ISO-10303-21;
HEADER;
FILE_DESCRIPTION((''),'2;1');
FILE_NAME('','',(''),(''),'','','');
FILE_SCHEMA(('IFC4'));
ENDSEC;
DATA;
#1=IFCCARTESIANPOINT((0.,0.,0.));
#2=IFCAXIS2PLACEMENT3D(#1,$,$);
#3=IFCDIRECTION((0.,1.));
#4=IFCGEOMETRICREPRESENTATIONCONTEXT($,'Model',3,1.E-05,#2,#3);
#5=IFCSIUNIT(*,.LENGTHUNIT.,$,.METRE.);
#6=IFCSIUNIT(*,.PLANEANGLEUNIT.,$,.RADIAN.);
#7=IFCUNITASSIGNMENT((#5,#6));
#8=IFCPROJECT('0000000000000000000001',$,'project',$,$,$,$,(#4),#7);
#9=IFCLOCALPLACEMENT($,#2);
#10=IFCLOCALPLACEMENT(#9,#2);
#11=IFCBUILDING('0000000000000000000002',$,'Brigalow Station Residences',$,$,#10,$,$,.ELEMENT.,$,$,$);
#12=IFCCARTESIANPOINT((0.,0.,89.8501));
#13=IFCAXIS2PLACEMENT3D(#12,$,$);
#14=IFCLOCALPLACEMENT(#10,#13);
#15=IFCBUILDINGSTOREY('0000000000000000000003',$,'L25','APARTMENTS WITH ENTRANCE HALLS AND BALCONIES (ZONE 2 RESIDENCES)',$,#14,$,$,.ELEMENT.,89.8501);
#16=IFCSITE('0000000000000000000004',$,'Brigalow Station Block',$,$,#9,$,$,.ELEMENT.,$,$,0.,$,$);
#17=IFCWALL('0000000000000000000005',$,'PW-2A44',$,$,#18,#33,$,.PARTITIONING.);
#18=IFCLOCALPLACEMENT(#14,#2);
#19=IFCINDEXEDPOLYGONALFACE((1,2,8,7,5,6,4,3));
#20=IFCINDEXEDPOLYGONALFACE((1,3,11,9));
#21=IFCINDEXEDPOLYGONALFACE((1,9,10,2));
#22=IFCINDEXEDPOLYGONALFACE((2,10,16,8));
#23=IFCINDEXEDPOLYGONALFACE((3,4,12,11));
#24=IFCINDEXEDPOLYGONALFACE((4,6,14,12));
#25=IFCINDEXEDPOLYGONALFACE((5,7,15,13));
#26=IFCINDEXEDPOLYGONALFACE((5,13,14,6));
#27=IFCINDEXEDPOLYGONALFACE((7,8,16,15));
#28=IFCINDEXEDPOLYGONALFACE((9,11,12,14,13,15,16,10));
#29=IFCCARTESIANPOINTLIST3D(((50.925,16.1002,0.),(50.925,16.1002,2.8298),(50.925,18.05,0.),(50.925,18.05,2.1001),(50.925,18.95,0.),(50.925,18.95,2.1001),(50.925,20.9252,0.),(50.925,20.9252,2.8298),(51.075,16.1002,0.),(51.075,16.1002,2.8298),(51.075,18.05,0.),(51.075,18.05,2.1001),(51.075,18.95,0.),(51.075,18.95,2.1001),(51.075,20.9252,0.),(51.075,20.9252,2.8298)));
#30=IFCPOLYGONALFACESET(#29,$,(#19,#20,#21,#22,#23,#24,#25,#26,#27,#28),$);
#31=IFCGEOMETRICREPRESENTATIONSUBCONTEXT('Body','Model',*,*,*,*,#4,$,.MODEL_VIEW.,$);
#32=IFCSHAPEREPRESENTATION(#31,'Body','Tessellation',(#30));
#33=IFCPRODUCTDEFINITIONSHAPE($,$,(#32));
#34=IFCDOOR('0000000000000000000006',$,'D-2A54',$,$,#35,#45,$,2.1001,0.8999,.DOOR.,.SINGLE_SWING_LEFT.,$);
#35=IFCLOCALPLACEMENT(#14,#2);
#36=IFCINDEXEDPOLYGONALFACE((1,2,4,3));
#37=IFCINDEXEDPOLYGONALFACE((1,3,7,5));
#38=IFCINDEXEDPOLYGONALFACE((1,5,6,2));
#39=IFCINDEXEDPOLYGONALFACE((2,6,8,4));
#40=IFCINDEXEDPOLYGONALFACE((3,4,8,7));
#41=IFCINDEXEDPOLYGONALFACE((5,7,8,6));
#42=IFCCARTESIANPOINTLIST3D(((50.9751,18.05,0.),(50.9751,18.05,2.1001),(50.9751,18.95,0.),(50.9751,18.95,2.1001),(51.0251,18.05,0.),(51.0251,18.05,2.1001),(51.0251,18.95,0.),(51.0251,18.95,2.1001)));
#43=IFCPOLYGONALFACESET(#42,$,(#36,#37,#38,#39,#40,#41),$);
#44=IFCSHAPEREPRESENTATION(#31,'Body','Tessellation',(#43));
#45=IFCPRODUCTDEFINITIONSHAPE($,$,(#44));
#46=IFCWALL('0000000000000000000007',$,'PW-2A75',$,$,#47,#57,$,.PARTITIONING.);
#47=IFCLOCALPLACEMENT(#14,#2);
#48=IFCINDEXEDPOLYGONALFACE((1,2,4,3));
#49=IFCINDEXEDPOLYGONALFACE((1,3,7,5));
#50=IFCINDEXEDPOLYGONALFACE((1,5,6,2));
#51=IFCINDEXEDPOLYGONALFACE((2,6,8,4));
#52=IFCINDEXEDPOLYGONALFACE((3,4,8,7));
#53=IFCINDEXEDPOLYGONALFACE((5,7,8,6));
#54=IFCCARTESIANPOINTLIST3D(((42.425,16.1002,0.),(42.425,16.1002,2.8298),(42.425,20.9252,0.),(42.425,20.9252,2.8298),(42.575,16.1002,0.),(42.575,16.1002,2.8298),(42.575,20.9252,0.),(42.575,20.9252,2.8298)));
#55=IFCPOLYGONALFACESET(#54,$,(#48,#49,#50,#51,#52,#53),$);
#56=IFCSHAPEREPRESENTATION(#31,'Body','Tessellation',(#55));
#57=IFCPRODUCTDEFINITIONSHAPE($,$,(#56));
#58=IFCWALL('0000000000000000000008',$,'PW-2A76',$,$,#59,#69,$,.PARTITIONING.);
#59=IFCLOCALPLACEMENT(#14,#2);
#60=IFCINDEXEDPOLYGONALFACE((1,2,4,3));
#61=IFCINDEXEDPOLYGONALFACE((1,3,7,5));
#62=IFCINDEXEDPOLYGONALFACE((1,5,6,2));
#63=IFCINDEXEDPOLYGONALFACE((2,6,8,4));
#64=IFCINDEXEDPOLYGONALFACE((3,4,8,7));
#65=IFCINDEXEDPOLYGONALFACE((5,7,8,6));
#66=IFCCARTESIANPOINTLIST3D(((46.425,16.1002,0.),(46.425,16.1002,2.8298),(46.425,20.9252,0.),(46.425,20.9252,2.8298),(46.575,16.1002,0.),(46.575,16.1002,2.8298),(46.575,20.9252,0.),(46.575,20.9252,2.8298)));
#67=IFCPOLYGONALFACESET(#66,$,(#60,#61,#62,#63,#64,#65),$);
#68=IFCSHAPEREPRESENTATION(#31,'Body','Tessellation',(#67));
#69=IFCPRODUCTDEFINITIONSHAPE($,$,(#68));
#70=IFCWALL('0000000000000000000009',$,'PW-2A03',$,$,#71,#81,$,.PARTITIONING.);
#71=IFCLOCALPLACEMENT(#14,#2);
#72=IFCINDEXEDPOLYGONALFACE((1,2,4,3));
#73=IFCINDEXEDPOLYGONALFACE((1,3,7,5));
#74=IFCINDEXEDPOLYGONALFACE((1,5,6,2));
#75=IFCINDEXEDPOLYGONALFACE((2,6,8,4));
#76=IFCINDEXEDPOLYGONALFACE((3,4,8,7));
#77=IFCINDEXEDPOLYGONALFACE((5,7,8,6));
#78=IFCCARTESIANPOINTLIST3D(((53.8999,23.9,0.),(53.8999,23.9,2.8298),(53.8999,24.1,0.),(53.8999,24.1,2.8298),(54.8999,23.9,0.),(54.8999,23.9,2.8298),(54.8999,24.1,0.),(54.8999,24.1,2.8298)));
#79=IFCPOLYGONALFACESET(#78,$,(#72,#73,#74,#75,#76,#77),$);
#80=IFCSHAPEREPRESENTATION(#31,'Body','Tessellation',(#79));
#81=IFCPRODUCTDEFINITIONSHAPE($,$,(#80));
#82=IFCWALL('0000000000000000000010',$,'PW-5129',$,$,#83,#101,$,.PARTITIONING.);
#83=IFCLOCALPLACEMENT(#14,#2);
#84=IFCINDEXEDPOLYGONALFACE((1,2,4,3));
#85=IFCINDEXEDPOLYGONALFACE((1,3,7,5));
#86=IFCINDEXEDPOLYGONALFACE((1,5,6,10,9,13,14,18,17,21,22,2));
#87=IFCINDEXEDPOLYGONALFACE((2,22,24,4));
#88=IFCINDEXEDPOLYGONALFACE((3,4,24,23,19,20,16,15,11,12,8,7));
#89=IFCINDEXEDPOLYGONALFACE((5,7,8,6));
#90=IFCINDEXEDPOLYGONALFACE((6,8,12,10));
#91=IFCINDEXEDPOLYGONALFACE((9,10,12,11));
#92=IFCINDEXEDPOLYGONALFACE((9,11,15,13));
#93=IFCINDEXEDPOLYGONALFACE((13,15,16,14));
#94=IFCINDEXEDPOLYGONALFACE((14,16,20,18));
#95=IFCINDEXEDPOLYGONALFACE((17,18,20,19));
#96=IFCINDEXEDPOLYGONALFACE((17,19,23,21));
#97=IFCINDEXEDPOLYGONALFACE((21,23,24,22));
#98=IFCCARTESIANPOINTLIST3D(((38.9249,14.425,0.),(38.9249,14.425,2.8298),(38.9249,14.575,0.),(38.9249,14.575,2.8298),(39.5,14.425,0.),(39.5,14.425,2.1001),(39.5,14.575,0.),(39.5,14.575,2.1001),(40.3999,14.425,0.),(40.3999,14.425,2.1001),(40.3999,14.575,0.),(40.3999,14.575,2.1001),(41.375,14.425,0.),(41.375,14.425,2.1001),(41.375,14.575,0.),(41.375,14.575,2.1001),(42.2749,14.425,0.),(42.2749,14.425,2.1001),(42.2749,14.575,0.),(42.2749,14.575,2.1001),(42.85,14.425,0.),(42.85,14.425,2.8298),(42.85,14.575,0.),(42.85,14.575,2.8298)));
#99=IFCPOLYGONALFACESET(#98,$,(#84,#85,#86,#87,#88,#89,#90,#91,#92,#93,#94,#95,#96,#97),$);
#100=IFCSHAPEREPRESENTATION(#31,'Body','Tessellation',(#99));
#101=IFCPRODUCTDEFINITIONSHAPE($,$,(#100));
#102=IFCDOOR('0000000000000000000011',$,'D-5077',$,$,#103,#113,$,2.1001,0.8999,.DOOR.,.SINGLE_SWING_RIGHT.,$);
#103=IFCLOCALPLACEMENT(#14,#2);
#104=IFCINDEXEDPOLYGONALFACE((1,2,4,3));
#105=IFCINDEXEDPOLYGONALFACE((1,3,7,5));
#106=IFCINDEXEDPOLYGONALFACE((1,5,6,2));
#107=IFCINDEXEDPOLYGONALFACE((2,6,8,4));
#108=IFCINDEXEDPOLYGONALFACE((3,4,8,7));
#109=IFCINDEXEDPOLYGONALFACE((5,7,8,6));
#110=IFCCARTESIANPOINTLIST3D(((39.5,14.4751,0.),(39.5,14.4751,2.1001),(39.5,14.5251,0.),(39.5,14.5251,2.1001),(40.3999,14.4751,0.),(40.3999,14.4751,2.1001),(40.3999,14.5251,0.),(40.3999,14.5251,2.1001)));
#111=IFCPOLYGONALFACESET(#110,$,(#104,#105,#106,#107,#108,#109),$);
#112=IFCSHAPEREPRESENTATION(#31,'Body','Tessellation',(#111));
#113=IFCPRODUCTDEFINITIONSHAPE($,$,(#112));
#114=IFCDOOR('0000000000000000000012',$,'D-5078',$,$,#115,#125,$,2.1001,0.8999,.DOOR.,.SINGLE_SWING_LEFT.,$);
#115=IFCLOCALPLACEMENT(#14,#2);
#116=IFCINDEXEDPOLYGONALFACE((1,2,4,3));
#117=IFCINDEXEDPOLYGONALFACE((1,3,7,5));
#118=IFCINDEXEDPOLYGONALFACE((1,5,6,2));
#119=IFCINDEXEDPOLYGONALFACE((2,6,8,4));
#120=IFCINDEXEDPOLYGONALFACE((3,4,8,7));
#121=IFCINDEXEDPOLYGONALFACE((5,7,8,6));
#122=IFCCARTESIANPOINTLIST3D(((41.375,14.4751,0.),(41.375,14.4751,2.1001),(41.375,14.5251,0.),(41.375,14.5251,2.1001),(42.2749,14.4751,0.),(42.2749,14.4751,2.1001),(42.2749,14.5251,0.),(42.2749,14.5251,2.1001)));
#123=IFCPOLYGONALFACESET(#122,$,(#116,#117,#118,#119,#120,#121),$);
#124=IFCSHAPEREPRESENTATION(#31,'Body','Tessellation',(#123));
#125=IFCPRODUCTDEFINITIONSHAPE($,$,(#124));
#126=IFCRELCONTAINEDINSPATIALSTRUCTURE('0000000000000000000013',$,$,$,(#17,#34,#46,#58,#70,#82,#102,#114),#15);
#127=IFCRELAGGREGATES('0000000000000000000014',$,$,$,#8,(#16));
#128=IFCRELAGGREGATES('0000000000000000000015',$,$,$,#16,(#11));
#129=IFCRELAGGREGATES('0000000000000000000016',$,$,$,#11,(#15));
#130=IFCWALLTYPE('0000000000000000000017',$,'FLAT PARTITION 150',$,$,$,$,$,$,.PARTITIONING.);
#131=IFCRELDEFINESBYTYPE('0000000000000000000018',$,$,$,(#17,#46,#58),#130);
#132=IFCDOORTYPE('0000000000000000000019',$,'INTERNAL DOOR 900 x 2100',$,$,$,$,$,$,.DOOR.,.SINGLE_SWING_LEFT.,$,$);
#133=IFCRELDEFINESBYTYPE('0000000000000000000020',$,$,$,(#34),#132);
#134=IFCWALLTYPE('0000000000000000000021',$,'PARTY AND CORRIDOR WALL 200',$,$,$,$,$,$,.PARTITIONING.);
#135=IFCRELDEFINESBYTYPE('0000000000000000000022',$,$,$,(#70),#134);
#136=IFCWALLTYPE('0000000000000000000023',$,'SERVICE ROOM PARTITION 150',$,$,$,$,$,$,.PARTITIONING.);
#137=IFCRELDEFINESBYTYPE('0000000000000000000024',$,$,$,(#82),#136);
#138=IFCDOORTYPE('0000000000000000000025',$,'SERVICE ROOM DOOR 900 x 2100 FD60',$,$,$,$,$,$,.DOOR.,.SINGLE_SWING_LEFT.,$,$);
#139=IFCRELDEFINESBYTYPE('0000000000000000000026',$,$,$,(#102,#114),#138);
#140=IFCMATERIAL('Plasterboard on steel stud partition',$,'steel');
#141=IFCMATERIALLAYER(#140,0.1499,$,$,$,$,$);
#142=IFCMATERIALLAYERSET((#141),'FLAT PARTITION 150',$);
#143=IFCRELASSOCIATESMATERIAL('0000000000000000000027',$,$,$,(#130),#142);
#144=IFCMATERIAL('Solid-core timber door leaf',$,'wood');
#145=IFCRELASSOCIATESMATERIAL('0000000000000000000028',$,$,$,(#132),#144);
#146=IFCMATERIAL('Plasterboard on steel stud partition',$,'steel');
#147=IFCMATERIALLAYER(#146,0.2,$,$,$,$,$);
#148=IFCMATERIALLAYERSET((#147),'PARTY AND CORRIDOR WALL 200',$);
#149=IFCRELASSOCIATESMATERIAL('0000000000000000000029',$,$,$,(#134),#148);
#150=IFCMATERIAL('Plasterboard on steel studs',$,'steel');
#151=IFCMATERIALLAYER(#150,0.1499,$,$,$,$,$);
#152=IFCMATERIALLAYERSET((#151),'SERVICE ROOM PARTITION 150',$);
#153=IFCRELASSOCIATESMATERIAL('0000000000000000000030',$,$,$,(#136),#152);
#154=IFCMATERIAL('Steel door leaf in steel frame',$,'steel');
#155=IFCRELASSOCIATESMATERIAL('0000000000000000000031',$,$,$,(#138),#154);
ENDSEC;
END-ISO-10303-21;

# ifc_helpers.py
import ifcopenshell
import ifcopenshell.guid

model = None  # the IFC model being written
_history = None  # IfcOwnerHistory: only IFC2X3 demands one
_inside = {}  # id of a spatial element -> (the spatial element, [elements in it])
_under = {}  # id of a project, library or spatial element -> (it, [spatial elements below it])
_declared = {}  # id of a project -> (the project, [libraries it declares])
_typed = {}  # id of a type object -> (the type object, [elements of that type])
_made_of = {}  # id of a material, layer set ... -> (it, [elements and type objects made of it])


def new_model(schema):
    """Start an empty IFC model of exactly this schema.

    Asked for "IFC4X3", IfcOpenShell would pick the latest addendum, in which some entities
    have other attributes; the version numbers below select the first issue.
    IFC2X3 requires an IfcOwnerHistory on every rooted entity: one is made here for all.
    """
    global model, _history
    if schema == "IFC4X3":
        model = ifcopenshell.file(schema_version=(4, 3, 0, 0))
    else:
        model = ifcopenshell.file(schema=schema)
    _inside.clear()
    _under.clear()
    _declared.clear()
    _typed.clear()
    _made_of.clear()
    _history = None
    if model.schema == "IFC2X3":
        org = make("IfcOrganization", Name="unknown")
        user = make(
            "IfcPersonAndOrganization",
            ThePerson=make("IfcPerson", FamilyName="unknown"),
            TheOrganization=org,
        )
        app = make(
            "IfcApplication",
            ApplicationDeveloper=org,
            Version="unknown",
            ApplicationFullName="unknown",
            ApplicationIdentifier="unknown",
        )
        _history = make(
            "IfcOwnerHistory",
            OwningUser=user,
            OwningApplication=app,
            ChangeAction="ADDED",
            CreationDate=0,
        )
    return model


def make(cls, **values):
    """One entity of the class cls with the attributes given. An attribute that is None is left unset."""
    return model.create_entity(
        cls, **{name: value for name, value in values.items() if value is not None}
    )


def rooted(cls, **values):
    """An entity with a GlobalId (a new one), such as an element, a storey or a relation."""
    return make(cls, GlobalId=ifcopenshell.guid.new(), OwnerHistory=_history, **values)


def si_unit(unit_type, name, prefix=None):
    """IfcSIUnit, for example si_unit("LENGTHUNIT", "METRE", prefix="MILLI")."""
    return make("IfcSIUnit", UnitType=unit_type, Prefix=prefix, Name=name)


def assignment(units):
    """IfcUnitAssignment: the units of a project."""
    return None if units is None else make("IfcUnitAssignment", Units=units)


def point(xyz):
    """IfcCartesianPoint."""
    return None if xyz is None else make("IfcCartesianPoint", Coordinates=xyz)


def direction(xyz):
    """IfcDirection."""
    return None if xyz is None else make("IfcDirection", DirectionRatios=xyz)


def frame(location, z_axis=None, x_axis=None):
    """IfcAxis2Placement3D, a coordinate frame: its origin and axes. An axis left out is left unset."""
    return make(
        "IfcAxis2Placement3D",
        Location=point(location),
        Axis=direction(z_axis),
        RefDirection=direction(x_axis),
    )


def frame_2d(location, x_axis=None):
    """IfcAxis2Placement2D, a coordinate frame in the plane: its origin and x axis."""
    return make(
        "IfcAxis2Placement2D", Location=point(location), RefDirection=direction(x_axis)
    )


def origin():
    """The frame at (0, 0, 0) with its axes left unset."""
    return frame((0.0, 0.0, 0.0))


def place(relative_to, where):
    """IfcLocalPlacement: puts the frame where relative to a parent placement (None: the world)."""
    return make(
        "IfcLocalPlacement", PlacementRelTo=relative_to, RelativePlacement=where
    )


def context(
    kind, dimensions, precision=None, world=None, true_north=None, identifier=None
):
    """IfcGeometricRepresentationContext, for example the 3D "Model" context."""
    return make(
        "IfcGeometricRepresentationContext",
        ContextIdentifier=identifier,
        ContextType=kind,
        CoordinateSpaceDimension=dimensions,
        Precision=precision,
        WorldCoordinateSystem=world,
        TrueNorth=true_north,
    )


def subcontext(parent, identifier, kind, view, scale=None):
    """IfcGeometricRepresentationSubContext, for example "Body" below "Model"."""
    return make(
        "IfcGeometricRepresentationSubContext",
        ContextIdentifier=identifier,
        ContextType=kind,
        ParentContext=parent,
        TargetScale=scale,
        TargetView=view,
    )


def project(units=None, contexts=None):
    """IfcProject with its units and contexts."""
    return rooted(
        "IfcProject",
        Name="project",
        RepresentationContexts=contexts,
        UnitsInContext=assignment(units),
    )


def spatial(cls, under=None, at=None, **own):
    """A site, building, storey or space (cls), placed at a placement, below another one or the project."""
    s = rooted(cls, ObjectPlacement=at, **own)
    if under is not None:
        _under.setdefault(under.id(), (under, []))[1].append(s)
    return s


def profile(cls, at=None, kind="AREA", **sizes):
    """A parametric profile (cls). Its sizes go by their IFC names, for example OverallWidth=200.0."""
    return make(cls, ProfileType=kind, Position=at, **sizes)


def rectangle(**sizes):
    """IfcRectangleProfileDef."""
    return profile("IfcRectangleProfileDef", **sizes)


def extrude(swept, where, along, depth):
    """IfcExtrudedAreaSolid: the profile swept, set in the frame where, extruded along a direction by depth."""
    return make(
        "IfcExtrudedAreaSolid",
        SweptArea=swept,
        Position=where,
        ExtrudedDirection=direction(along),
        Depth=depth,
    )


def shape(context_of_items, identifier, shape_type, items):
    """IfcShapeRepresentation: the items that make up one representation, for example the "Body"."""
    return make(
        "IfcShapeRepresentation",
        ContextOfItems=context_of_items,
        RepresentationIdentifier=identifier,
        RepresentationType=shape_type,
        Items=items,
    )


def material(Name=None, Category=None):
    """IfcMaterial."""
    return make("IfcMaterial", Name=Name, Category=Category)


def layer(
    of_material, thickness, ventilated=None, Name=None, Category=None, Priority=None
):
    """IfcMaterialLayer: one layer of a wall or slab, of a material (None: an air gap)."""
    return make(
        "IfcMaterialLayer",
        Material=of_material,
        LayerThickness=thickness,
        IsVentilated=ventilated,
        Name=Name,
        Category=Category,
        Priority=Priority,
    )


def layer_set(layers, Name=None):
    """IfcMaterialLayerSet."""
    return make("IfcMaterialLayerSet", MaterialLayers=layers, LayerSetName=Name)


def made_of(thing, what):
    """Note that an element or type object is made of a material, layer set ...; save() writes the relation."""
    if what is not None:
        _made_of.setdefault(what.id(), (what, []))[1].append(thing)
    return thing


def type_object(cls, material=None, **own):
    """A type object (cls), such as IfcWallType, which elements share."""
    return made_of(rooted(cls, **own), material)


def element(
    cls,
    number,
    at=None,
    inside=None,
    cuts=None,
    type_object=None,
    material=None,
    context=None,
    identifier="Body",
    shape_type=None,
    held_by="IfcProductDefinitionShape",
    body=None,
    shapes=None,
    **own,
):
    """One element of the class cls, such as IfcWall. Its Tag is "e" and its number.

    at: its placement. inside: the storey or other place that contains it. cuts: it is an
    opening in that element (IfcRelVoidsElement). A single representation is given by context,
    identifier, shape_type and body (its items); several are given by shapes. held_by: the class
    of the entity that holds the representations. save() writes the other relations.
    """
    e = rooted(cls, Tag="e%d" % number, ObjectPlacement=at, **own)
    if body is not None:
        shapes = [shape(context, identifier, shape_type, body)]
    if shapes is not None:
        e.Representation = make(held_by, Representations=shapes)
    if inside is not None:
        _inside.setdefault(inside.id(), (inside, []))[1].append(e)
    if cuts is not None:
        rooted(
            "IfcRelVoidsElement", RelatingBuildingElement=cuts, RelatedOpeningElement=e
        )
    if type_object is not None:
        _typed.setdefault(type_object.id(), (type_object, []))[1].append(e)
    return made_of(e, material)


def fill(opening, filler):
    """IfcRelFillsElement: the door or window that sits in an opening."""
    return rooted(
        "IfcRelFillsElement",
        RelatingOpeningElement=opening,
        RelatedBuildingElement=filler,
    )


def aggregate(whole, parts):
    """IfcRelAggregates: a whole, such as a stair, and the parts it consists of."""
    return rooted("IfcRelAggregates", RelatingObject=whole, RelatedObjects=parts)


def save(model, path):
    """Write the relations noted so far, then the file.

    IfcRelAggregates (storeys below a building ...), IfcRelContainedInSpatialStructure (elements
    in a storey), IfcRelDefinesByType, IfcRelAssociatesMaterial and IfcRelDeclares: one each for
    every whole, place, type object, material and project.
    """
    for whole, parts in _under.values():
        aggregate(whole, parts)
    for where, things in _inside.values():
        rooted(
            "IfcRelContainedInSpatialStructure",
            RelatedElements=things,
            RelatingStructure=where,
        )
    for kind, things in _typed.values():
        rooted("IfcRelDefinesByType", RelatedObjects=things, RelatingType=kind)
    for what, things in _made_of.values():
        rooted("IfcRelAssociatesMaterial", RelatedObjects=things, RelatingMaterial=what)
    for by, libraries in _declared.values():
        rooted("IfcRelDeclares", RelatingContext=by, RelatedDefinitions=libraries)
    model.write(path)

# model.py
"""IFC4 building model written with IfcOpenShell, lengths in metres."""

from ifc_helpers import new_model, si_unit, direction, frame, frame_2d, origin, place, context, subcontext, project, spatial, rectangle, extrude, material, layer, layer_set, type_object, element, fill, save


model = new_model("IFC4")

# Units and contexts
model_context = context("Model", 3, precision=1e-05, world=origin(), true_north=direction((0.0, 1.0)))
body_context = subcontext(model_context, "Body", "Model", "MODEL_VIEW")
ifc_project = project(units=[si_unit("LENGTHUNIT", "METRE"), si_unit("PLANEANGLEUNIT", "RADIAN")], contexts=[model_context])

# Site, building, storey
site_placement = place(None, origin())
site = spatial("IfcSite", under=ifc_project, at=site_placement, Name="Brigalow Station Block", CompositionType="ELEMENT", RefElevation=0.0)
building_placement = place(site_placement, origin())
building = spatial("IfcBuilding", under=site, at=building_placement, Name="Brigalow Station Residences", CompositionType="ELEMENT")
storey_placement = place(building_placement, frame((0.0, 0.0, 89.8501)))
storey = spatial("IfcBuildingStorey", under=building, at=storey_placement, Name="L25", Description="APARTMENTS WITH ENTRANCE HALLS AND BALCONIES (ZONE 2 RESIDENCES)", CompositionType="ELEMENT", Elevation=89.8501)

# Wall, opening, door
ifc_material_1 = material(Name="Plasterboard on steel stud partition", Category="steel")
ifc_layer_1 = layer(ifc_material_1, 0.1499)
ifc_layer_set_1 = layer_set([ifc_layer_1], Name="FLAT PARTITION 150")
wall_type_1 = type_object("IfcWallType", Name="FLAT PARTITION 150", PredefinedType="PARTITIONING", material=ifc_layer_set_1)
wall_1_placement = place(storey_placement, frame((51.0, 16.1001, 0.0), z_axis=(0.0, 0.0, 1.0), x_axis=(0.0, 1.0, 0.0)))
wall_1 = element("IfcWall", 1, at=wall_1_placement, inside=storey, type_object=wall_type_1, Name="PW-2A44", PredefinedType="PARTITIONING", context=body_context, shape_type="SweptSolid", body=[
    extrude(rectangle(XDim=4.825, YDim=0.1499, at=frame_2d((2.4126, 0.0))), origin(), (0.0, 0.0, 1.0), 2.8298),
])
opening_1_placement = place(wall_1_placement, frame((1.95, 0.0, 0.0)))
opening_1 = element("IfcOpeningElement", 2, at=opening_1_placement, cuts=wall_1, PredefinedType="OPENING", context=body_context, shape_type="SweptSolid", body=[
    extrude(rectangle(XDim=0.8999, YDim=2.1001, at=frame_2d((0.45, 1.05))), frame((0.0, 0.085, 0.0), z_axis=(0.0, -1.0, 0.0), x_axis=(1.0, 0.0, 0.0)), (0.0, 0.0, 1.0), 0.1699),
])
ifc_material_2 = material(Name="Solid-core timber door leaf", Category="wood")
door_type_1 = type_object("IfcDoorType", Name="INTERNAL DOOR 900 x 2100", OperationType="SINGLE_SWING_LEFT", PredefinedType="DOOR", material=ifc_material_2)
door_1_placement = place(opening_1_placement, origin())
door_1 = element("IfcDoor", 3, at=door_1_placement, inside=storey, type_object=door_type_1, Name="D-2A54", OperationType="SINGLE_SWING_LEFT", OverallHeight=2.1001, OverallWidth=0.8999, PredefinedType="DOOR", context=body_context, shape_type="SweptSolid", body=[
    extrude(rectangle(XDim=0.8999, YDim=2.1001, at=frame_2d((0.45, 1.05))), frame((0.0, 0.0249, 0.0), z_axis=(0.0, -1.0, 0.0), x_axis=(1.0, 0.0, 0.0)), (0.0, 0.0, 1.0), 0.05),
])
fill(opening_1, door_1)

# Walls
for number, where, z_axis, x_axis, name in (
    (4, (42.5, 16.1001, 0.0), (0.0, 0.0, 1.0), (0.0, 1.0, 0.0), "PW-2A75"),
    (5, (46.5, 16.1001, 0.0), (0.0, 0.0, 1.0), (0.0, 1.0, 0.0), "PW-2A76"),
):
    element("IfcWall", number, at=place(storey_placement, frame(where, z_axis=z_axis, x_axis=x_axis)), inside=storey, type_object=wall_type_1, Name=name, PredefinedType="PARTITIONING", context=body_context, shape_type="SweptSolid", body=[
        extrude(rectangle(XDim=4.825, YDim=0.1499, at=frame_2d((2.4126, 0.0))), origin(), (0.0, 0.0, 1.0), 2.8298),
    ])
ifc_material_3 = material(Name="Plasterboard on steel stud partition", Category="steel")
ifc_layer_2 = layer(ifc_material_3, 0.2)
ifc_layer_set_2 = layer_set([ifc_layer_2], Name="PARTY AND CORRIDOR WALL 200")
wall_type_2 = type_object("IfcWallType", Name="PARTY AND CORRIDOR WALL 200", PredefinedType="PARTITIONING", material=ifc_layer_set_2)
wall_2_placement = place(storey_placement, frame((53.8999, 24.0, 0.0), z_axis=(0.0, 0.0, 1.0), x_axis=(1.0, 0.0, 0.0)))
element("IfcWall", 6, at=wall_2_placement, inside=storey, type_object=wall_type_2, Name="PW-2A03", PredefinedType="PARTITIONING", context=body_context, shape_type="SweptSolid", body=[
    extrude(rectangle(XDim=1.0, YDim=0.2, at=frame_2d((0.5, 0.0))), origin(), (0.0, 0.0, 1.0), 2.8298),
])

# Wall, openings, doors
ifc_material_4 = material(Name="Plasterboard on steel studs", Category="steel")
ifc_layer_3 = layer(ifc_material_4, 0.1499)
ifc_layer_set_3 = layer_set([ifc_layer_3], Name="SERVICE ROOM PARTITION 150")
wall_type_3 = type_object("IfcWallType", Name="SERVICE ROOM PARTITION 150", PredefinedType="PARTITIONING", material=ifc_layer_set_3)
wall_3_placement = place(storey_placement, frame((38.925, 14.5, 0.0), z_axis=(0.0, 0.0, 1.0), x_axis=(1.0, 0.0, 0.0)))
wall_3 = element("IfcWall", 7, at=wall_3_placement, inside=storey, type_object=wall_type_3, Name="PW-5129", PredefinedType="PARTITIONING", context=body_context, shape_type="SweptSolid", body=[
    extrude(rectangle(XDim=3.925, YDim=0.1499, at=frame_2d((1.9624, 0.0))), origin(), (0.0, 0.0, 1.0), 2.8298),
])
opening_2_placement = place(wall_3_placement, frame((0.575, 0.0, 0.0)))
opening_2 = element("IfcOpeningElement", 8, at=opening_2_placement, cuts=wall_3, PredefinedType="OPENING", context=body_context, shape_type="SweptSolid", body=[
    extrude(rectangle(XDim=0.8999, YDim=2.1001, at=frame_2d((0.45, 1.05))), frame((0.0, 0.085, 0.0), z_axis=(0.0, -1.0, 0.0), x_axis=(1.0, 0.0, 0.0)), (0.0, 0.0, 1.0), 0.1699),
])
opening_3_placement = place(wall_3_placement, frame((2.45, 0.0, 0.0)))
opening_3 = element("IfcOpeningElement", 9, at=opening_3_placement, cuts=wall_3, PredefinedType="OPENING", context=body_context, shape_type="SweptSolid", body=[
    extrude(rectangle(XDim=0.8999, YDim=2.1001, at=frame_2d((0.45, 1.05))), frame((0.0, 0.085, 0.0), z_axis=(0.0, -1.0, 0.0), x_axis=(1.0, 0.0, 0.0)), (0.0, 0.0, 1.0), 0.1699),
])
ifc_material_5 = material(Name="Steel door leaf in steel frame", Category="steel")
door_type_2 = type_object("IfcDoorType", Name="SERVICE ROOM DOOR 900 x 2100 FD60", OperationType="SINGLE_SWING_LEFT", PredefinedType="DOOR", material=ifc_material_5)
door_2_placement = place(opening_2_placement, frame((0.8999, 0.0, 0.0), z_axis=(0.0, 0.0, 1.0), x_axis=(-1.0, 0.0, 0.0)))
door_2 = element("IfcDoor", 10, at=door_2_placement, inside=storey, type_object=door_type_2, Name="D-5077", OperationType="SINGLE_SWING_RIGHT", OverallHeight=2.1001, OverallWidth=0.8999, PredefinedType="DOOR", context=body_context, shape_type="SweptSolid", body=[
    extrude(rectangle(XDim=0.8999, YDim=2.1001, at=frame_2d((0.45, 1.05))), frame((0.0, 0.0249, 0.0), z_axis=(0.0, -1.0, 0.0), x_axis=(1.0, 0.0, 0.0)), (0.0, 0.0, 1.0), 0.05),
])
fill(opening_2, door_2)
door_3_placement = place(opening_3_placement, frame((0.8999, 0.0, 0.0), z_axis=(0.0, 0.0, 1.0), x_axis=(-1.0, 0.0, 0.0)))
door_3 = element("IfcDoor", 11, at=door_3_placement, inside=storey, type_object=door_type_2, Name="D-5078", OperationType="SINGLE_SWING_LEFT", OverallHeight=2.1001, OverallWidth=0.8999, PredefinedType="DOOR", context=body_context, shape_type="SweptSolid", body=[
    extrude(rectangle(XDim=0.8999, YDim=2.1001, at=frame_2d((0.45, 1.05))), frame((0.0, 0.0249, 0.0), z_axis=(0.0, -1.0, 0.0), x_axis=(1.0, 0.0, 0.0)), (0.0, 0.0, 1.0), 0.05),
])
fill(opening_3, door_3)

save(model, "model.ifc")
